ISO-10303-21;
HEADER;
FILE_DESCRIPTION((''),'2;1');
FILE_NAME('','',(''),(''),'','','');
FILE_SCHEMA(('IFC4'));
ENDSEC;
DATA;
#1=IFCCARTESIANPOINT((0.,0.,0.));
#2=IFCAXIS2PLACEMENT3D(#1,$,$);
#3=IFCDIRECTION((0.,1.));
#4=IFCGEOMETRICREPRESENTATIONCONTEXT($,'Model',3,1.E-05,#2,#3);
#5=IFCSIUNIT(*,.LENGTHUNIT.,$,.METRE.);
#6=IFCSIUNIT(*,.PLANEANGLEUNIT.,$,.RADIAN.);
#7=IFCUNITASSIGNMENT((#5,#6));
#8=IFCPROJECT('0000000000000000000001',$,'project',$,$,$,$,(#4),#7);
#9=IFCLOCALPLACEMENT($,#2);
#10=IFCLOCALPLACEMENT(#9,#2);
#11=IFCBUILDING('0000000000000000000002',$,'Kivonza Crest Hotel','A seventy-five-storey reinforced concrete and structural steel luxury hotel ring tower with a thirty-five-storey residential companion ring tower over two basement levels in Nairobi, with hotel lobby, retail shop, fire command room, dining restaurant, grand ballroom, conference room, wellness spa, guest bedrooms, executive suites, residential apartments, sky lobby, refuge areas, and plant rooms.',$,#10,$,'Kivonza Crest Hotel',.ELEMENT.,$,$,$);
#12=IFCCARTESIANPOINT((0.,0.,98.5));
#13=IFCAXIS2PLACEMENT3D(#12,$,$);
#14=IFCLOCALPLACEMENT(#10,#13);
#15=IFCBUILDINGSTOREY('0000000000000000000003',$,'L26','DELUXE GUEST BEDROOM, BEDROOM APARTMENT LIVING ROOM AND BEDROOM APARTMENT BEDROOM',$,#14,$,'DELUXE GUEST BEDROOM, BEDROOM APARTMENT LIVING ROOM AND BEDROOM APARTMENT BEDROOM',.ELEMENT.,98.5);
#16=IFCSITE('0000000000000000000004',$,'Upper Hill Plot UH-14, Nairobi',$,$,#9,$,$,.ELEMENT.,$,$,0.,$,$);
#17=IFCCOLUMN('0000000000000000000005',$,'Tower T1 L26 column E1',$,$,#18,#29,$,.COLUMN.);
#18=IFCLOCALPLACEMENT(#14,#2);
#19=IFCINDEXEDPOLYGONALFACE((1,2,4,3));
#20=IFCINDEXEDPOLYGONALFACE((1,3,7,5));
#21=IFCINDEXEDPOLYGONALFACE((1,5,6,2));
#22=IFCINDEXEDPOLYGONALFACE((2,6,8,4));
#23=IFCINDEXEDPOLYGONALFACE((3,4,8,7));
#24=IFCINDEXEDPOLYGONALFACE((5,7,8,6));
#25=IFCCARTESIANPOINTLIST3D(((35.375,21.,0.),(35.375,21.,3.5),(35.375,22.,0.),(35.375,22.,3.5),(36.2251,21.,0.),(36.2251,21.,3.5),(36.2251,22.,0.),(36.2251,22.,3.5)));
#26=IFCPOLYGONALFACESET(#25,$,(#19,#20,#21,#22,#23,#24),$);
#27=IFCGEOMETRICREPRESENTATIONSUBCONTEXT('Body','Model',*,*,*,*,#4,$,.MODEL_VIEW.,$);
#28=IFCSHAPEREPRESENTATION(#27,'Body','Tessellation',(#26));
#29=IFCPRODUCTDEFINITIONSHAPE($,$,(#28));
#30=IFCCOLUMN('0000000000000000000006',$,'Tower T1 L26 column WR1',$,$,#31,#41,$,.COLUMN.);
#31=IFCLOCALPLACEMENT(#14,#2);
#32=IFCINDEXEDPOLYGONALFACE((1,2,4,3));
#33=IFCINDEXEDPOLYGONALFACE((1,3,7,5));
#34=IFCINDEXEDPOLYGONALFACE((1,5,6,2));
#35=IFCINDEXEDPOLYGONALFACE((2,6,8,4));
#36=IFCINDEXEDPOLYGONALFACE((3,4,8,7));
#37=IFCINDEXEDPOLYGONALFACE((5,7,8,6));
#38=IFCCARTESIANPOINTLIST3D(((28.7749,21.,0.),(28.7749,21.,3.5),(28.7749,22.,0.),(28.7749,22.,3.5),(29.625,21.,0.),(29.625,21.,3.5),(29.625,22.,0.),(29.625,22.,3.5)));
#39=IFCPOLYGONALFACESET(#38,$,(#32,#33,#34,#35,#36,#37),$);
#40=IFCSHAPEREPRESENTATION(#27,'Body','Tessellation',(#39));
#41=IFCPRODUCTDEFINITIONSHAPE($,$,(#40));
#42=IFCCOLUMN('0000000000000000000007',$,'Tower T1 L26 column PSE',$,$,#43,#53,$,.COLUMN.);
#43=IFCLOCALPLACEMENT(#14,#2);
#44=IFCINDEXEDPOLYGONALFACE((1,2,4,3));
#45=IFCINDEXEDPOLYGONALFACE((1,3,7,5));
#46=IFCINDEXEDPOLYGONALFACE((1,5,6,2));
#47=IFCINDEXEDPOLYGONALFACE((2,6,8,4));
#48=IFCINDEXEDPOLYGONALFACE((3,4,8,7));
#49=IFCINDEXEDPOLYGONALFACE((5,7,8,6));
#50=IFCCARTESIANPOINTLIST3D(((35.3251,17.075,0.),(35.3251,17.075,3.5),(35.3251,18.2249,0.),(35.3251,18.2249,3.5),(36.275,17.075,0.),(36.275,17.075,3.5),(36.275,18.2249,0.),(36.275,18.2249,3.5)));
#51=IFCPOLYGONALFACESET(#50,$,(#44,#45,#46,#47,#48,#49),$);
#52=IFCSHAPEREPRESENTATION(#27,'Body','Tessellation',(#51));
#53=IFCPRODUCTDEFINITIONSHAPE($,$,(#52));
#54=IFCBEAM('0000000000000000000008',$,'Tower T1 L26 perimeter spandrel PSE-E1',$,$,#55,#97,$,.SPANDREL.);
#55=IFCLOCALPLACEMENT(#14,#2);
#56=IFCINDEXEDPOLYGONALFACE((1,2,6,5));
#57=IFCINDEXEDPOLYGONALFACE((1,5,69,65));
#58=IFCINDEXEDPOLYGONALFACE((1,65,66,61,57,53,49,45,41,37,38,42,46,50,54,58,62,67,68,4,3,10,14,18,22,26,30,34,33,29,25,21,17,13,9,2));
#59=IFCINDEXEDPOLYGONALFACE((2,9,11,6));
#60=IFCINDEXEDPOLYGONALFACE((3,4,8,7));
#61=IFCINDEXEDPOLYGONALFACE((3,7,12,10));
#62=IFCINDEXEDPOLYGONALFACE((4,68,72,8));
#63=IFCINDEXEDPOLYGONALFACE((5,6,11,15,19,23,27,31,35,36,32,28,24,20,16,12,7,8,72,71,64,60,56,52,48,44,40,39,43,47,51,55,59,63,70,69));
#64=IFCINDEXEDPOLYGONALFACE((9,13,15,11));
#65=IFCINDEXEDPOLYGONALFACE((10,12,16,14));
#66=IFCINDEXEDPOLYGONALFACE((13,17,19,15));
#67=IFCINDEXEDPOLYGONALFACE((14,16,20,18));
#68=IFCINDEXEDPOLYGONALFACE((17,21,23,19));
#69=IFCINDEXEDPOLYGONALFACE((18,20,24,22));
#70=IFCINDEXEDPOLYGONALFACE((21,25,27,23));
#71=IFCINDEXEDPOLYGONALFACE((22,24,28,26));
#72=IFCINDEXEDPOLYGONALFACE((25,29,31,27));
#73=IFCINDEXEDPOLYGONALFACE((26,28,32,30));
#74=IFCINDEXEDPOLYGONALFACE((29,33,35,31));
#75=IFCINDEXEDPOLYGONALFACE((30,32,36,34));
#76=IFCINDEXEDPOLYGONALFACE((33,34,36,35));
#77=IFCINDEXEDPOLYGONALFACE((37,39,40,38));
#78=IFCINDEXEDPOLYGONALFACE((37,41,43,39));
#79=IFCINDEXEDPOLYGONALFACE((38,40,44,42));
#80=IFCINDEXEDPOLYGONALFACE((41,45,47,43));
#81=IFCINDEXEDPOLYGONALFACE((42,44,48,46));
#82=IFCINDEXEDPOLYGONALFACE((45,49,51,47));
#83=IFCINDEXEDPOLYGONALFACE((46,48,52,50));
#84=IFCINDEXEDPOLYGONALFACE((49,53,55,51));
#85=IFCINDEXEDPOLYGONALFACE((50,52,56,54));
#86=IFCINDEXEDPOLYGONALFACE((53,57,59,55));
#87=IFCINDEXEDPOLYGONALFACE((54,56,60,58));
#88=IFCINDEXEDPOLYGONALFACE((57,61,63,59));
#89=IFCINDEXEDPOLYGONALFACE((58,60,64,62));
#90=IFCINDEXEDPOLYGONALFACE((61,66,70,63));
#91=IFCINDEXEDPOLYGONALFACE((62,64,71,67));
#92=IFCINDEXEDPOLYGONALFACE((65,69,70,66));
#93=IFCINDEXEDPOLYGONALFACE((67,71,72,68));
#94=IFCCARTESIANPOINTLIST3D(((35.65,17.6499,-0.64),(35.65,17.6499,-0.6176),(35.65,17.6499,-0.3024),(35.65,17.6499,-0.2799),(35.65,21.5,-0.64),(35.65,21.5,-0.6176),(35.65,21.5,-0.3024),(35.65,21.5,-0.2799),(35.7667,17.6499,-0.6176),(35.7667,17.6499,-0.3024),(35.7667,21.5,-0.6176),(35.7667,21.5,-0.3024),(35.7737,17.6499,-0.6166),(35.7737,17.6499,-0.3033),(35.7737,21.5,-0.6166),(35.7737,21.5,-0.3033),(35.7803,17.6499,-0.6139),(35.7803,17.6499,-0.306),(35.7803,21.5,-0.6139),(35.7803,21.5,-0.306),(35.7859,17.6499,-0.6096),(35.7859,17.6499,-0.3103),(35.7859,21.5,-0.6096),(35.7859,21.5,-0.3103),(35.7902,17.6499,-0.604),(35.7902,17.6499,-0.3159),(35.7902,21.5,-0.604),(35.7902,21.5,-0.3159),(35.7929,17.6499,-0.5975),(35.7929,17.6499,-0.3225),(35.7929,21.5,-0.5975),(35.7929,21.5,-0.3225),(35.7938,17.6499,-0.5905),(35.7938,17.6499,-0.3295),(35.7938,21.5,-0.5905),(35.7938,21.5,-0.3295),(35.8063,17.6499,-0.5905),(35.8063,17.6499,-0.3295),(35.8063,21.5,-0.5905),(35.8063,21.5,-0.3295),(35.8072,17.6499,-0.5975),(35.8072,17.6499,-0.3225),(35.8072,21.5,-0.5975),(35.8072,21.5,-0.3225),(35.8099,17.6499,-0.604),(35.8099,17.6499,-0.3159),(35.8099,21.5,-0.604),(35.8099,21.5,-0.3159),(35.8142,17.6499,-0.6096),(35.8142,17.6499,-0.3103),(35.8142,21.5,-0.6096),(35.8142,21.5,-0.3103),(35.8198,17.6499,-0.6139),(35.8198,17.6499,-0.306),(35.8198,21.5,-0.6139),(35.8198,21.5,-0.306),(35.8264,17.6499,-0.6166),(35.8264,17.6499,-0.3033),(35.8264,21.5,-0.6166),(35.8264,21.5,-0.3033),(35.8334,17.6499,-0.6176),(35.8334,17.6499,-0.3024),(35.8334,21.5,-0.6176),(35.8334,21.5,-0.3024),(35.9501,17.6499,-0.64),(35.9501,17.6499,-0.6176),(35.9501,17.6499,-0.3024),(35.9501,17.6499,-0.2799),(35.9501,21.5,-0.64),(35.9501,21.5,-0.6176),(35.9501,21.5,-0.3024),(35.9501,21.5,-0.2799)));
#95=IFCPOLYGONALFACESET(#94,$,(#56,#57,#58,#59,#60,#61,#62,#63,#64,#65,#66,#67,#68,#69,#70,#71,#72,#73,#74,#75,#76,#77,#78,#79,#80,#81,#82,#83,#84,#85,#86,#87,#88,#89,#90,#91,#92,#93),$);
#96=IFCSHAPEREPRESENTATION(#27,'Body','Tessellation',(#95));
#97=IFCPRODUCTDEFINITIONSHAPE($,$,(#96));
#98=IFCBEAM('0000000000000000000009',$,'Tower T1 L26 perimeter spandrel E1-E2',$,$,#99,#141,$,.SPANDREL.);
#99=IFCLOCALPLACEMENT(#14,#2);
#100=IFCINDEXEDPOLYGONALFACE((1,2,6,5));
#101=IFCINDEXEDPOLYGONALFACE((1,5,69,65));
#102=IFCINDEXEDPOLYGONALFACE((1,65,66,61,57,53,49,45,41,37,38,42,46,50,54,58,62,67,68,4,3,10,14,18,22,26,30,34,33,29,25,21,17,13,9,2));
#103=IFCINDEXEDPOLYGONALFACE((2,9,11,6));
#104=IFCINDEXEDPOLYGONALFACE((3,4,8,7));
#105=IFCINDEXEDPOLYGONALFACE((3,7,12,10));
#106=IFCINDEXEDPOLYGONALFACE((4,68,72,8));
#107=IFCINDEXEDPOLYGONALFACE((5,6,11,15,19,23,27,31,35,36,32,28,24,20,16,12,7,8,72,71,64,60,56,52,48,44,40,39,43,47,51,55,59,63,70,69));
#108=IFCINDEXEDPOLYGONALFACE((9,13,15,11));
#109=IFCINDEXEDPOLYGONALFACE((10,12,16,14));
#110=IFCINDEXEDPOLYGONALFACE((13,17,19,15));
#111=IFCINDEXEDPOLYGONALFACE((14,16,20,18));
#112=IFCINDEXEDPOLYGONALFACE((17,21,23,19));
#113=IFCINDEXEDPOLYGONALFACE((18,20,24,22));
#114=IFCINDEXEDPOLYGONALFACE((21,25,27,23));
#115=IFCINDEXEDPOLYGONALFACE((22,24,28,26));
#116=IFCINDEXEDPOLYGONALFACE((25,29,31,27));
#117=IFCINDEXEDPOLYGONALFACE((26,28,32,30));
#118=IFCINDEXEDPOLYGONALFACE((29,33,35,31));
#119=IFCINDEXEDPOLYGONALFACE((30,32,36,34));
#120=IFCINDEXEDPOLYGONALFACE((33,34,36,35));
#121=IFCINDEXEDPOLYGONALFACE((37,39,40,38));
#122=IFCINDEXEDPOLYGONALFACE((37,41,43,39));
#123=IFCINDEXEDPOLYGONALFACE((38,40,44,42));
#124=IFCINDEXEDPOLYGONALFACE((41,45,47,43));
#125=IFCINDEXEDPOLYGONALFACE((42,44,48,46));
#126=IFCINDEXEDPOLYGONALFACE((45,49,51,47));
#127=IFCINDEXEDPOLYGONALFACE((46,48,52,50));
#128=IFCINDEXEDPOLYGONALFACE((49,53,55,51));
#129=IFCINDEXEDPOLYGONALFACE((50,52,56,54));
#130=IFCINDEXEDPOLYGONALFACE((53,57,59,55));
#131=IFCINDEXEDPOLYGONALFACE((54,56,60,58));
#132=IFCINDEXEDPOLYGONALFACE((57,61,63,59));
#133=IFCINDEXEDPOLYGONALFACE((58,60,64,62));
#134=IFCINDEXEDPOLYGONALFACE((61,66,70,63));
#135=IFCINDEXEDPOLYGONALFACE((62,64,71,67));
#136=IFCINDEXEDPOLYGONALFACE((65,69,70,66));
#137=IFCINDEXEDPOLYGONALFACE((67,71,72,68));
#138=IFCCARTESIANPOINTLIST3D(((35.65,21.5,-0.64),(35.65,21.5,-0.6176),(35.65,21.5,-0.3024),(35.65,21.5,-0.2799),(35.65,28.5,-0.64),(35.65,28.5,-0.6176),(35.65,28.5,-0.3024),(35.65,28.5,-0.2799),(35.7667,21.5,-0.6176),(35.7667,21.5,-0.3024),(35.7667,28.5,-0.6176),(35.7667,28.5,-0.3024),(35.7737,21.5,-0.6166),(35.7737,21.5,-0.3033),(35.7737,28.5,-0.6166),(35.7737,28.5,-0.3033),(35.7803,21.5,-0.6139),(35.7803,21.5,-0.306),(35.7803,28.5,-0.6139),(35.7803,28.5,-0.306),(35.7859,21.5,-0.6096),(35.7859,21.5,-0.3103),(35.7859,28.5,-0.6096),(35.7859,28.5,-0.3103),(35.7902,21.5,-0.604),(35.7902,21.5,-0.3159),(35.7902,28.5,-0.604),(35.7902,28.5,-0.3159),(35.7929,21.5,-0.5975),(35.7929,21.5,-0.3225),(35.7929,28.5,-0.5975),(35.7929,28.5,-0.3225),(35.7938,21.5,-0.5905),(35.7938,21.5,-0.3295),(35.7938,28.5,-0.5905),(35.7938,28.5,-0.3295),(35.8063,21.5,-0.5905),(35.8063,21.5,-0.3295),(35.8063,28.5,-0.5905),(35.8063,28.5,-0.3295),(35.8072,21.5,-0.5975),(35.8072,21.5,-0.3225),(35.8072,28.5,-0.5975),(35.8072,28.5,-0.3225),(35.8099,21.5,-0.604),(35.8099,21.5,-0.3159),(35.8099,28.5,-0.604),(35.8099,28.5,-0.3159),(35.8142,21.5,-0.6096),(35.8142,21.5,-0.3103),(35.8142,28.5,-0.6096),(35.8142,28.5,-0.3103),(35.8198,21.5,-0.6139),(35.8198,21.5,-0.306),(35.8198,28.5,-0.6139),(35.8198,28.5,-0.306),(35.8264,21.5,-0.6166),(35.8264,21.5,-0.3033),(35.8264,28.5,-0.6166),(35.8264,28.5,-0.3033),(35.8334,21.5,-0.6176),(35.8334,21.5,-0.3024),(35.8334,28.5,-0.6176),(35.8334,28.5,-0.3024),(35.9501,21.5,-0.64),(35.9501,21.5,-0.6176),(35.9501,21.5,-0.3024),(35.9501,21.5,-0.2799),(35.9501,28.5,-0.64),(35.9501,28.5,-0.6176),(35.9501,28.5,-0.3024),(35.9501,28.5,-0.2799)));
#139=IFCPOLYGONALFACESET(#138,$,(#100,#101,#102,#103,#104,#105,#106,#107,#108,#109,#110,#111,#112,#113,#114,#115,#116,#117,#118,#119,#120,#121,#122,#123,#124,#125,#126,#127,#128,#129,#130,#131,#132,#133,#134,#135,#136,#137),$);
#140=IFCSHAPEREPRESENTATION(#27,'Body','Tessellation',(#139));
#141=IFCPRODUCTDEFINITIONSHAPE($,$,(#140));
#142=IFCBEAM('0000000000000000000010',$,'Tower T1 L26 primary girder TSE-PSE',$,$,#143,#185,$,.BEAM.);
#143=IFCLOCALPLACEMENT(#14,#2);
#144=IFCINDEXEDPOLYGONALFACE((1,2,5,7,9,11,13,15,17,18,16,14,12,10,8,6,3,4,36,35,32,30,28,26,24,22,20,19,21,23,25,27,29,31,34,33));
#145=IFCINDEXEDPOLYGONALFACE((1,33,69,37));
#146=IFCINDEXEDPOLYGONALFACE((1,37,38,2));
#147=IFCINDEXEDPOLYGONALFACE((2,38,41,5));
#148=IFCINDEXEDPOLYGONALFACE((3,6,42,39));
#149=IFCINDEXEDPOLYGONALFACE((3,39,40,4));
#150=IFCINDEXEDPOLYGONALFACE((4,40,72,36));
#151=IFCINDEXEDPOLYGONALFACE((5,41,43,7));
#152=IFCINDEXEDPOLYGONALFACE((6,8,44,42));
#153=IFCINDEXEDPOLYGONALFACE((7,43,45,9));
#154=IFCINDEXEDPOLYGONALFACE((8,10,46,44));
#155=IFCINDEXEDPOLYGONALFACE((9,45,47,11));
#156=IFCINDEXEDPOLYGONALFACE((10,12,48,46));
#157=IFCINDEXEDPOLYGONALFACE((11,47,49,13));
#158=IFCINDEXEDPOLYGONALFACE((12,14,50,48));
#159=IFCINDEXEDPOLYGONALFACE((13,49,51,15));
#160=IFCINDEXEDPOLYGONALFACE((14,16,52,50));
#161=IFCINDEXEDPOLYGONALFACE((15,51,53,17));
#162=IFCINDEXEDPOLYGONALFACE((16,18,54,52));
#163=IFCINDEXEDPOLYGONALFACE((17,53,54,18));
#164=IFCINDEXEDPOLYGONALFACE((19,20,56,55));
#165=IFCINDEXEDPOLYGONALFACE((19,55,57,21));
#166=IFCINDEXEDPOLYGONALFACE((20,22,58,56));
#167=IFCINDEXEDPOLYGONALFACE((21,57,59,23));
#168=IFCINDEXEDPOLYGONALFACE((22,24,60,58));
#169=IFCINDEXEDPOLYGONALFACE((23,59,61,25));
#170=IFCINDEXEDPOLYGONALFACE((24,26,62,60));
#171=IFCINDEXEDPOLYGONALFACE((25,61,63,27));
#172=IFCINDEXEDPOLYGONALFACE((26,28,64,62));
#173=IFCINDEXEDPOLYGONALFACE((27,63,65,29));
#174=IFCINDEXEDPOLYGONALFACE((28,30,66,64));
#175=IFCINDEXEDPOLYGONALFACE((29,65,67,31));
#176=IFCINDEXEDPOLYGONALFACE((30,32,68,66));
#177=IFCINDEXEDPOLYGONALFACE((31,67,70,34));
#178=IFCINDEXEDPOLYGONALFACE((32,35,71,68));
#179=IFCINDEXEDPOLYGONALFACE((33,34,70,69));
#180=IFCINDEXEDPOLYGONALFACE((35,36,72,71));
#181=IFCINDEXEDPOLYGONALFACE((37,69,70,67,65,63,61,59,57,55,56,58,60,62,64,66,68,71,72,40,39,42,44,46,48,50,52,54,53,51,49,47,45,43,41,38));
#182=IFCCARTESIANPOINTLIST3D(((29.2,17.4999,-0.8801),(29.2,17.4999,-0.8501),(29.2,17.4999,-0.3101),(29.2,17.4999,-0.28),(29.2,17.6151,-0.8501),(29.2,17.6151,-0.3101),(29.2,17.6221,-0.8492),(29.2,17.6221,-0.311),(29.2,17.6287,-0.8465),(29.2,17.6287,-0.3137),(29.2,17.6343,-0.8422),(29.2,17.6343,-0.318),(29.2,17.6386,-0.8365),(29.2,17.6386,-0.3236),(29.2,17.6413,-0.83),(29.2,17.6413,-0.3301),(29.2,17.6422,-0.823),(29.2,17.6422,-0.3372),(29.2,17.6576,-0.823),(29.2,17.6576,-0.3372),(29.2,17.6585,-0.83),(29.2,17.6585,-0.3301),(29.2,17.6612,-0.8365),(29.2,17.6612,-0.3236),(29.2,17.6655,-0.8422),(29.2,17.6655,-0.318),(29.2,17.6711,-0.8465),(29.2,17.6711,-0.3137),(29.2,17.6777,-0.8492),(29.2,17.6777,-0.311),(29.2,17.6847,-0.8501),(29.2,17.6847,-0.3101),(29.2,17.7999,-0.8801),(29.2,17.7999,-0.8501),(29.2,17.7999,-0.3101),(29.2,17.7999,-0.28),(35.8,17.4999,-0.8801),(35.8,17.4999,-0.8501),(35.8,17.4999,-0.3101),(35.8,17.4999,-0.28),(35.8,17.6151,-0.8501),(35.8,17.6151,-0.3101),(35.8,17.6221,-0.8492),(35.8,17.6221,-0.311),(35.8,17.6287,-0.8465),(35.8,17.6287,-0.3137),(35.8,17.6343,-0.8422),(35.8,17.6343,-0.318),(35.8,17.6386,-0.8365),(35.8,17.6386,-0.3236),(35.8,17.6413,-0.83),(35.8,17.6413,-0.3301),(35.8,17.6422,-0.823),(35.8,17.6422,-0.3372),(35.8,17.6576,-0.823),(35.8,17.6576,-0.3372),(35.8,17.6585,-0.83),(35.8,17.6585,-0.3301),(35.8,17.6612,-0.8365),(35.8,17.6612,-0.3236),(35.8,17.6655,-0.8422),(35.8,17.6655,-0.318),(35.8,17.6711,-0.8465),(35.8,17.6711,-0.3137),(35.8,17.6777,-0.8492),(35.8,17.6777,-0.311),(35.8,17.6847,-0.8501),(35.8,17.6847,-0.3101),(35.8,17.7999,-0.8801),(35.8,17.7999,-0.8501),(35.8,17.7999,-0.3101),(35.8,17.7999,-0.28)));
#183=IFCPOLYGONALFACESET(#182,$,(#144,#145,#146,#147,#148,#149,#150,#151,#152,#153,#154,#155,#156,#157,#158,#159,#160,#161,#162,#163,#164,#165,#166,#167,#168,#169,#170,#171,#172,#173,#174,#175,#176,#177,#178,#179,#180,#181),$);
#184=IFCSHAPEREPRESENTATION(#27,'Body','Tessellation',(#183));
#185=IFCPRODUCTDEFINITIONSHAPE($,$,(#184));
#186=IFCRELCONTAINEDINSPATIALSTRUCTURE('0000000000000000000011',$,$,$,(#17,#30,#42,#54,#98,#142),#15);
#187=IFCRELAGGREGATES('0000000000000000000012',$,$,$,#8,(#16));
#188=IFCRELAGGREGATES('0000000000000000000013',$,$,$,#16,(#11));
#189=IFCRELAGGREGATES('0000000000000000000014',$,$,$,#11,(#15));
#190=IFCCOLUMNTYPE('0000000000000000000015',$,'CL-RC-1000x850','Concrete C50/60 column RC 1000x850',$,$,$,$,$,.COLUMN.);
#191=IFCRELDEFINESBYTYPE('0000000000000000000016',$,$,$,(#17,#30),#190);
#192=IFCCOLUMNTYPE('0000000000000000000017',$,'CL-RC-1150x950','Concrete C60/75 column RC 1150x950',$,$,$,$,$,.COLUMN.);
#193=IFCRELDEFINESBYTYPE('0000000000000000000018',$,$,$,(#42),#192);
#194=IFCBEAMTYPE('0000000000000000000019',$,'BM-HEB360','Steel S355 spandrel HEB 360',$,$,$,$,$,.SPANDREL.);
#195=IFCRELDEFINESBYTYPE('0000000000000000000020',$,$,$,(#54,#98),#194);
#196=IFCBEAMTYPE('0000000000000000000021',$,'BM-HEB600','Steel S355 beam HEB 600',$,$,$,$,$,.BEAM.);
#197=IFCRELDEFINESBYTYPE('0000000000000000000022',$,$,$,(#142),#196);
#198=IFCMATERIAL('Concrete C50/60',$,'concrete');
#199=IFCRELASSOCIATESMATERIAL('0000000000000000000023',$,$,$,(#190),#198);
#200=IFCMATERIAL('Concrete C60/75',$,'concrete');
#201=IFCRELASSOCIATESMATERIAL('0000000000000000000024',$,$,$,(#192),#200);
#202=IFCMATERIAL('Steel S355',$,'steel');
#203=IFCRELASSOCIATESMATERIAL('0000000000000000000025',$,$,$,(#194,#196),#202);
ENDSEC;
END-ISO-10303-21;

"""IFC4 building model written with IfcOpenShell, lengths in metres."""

from ifc_helpers import new_model, si_unit, direction, frame, origin, origin_2d, place, context, subcontext, project, spatial, rectangle, i_section, extrude, material, material_profile, profile_set, type_object, element, save


model = new_model("IFC4")

# Units and contexts
model_context = context("Model", 3, precision=1e-05, world=origin(), true_north=direction((0.0, 1.0)))
body_context = subcontext(model_context, "Body", "Model", "MODEL_VIEW")
ifc_project = project(units=[si_unit("LENGTHUNIT", "METRE"), si_unit("PLANEANGLEUNIT", "RADIAN")], contexts=[model_context])

# Site, building, storey
site_placement = place(None, origin())
site = spatial("IfcSite", under=ifc_project, at=site_placement, Name="Upper Hill Plot UH-14, Nairobi", CompositionType="ELEMENT", RefElevation=0.0)
building_placement = place(site_placement, origin())
building = spatial("IfcBuilding", under=site, at=building_placement, Name="Kivonza Crest Hotel", Description="A seventy-five-storey reinforced concrete and structural steel luxury hotel ring tower with a thirty-five-storey residential companion ring tower over two basement levels in Nairobi, with hotel lobby, retail shop, fire command room, dining restaurant, grand ballroom, conference room, wellness spa, guest bedrooms, executive suites, residential apartments, sky lobby, refuge areas, and plant rooms.", LongName="Kivonza Crest Hotel", CompositionType="ELEMENT")
storey_placement = place(building_placement, frame((0.0, 0.0, 98.5)))
storey = spatial("IfcBuildingStorey", under=building, at=storey_placement, Name="L26", Description="DELUXE GUEST BEDROOM, BEDROOM APARTMENT LIVING ROOM AND BEDROOM APARTMENT BEDROOM", LongName="DELUXE GUEST BEDROOM, BEDROOM APARTMENT LIVING ROOM AND BEDROOM APARTMENT BEDROOM", CompositionType="ELEMENT", Elevation=98.5)

# Columns
ifc_material_1 = material(Name="Concrete C50/60", Category="concrete")
ifc_material_profile_1 = material_profile(ifc_material_1, rectangle(XDim=0.8501, YDim=1.0, at=origin_2d()), Name="RC 1000x850")
ifc_profile_set_1 = profile_set([ifc_material_profile_1], Name="Concrete C50/60")
column_type_1 = type_object("IfcColumnType", Name="CL-RC-1000x850", Description="Concrete C50/60 column RC 1000x850", PredefinedType="COLUMN", material=ifc_profile_set_1)
for number, where, z_axis, x_axis, name in (
    (1, (35.8, 21.5, 0.0), (0.0, 0.0, 1.0), (1.0, 0.0, 0.0), "Tower T1 L26 column E1"),
    (2, (29.2, 21.5, 0.0), (0.0, 0.0, 1.0), (1.0, 0.0, 0.0), "Tower T1 L26 column WR1"),
):
    element("IfcColumn", number, at=place(storey_placement, frame(where, z_axis=z_axis, x_axis=x_axis)), inside=storey, type_object=column_type_1, Name=name, PredefinedType="COLUMN", context=body_context, shape_type="SweptSolid", body=[
        extrude(rectangle(XDim=0.8501, YDim=1.0, at=origin_2d()), origin(), (0.0, 0.0, 1.0), 3.5),
    ])
ifc_material_2 = material(Name="Concrete C60/75", Category="concrete")
ifc_material_profile_2 = material_profile(ifc_material_2, rectangle(XDim=0.95, YDim=1.1499, at=origin_2d()), Name="RC 1150x950")
ifc_profile_set_2 = profile_set([ifc_material_profile_2], Name="Concrete C60/75")
column_type_2 = type_object("IfcColumnType", Name="CL-RC-1150x950", Description="Concrete C60/75 column RC 1150x950", PredefinedType="COLUMN", material=ifc_profile_set_2)
column_placement = place(storey_placement, frame((35.8, 17.6499, 0.0), z_axis=(0.0, 0.0, 1.0), x_axis=(1.0, 0.0, 0.0)))
element("IfcColumn", 3, at=column_placement, inside=storey, type_object=column_type_2, Name="Tower T1 L26 column PSE", PredefinedType="COLUMN", context=body_context, shape_type="SweptSolid", body=[
    extrude(rectangle(XDim=0.95, YDim=1.1499, at=origin_2d()), origin(), (0.0, 0.0, 1.0), 3.5),
])

# Beams
ifc_material_3 = material(Name="Steel S355", Category="steel")
ifc_material_profile_3 = material_profile(ifc_material_3, i_section(OverallWidth=0.3, OverallDepth=0.3601, WebThickness=0.0125, FlangeThickness=0.0225, FilletRadius=0.0271, at=origin_2d()), Name="HEB 360")
ifc_profile_set_3 = profile_set([ifc_material_profile_3], Name="Steel S355")
beam_type_1 = type_object("IfcBeamType", Name="BM-HEB360", Description="Steel S355 spandrel HEB 360", PredefinedType="SPANDREL", material=ifc_profile_set_3)
beam_1_placement = place(storey_placement, frame((35.8, 17.6499, -0.46), z_axis=(0.0, 1.0, 0.0), x_axis=(-1.0, 0.0, 0.0)))
element("IfcBeam", 4, at=beam_1_placement, inside=storey, type_object=beam_type_1, Name="Tower T1 L26 perimeter spandrel PSE-E1", PredefinedType="SPANDREL", context=body_context, shape_type="SweptSolid", body=[
    extrude(i_section(OverallWidth=0.3, OverallDepth=0.3601, WebThickness=0.0125, FlangeThickness=0.0225, FilletRadius=0.0271, at=origin_2d()), origin(), (0.0, 0.0, 1.0), 3.8501),
])
beam_2_placement = place(storey_placement, frame((35.8, 21.5, -0.46), z_axis=(0.0, 1.0, 0.0), x_axis=(-1.0, 0.0, 0.0)))
element("IfcBeam", 5, at=beam_2_placement, inside=storey, type_object=beam_type_1, Name="Tower T1 L26 perimeter spandrel E1-E2", PredefinedType="SPANDREL", context=body_context, shape_type="SweptSolid", body=[
    extrude(i_section(OverallWidth=0.3, OverallDepth=0.3601, WebThickness=0.0125, FlangeThickness=0.0225, FilletRadius=0.0271, at=origin_2d()), origin(), (0.0, 0.0, 1.0), 7.0),
])
ifc_material_profile_4 = material_profile(ifc_material_3, i_section(OverallWidth=0.3, OverallDepth=0.6001, WebThickness=0.0154, FlangeThickness=0.03, FilletRadius=0.0271, at=origin_2d()), Name="HEB 600")
ifc_profile_set_4 = profile_set([ifc_material_profile_4], Name="Steel S355")
beam_type_2 = type_object("IfcBeamType", Name="BM-HEB600", Description="Steel S355 beam HEB 600", PredefinedType="BEAM", material=ifc_profile_set_4)
beam_3_placement = place(storey_placement, frame((29.2, 17.6499, -0.5801), z_axis=(1.0, 0.0, 0.0), x_axis=(0.0, 1.0, 0.0)))
element("IfcBeam", 6, at=beam_3_placement, inside=storey, type_object=beam_type_2, Name="Tower T1 L26 primary girder TSE-PSE", PredefinedType="BEAM", context=body_context, shape_type="SweptSolid", body=[
    extrude(i_section(OverallWidth=0.3, OverallDepth=0.6001, WebThickness=0.0154, FlangeThickness=0.03, FilletRadius=0.0271, at=origin_2d()), origin(), (0.0, 0.0, 1.0), 6.6001),
])

save(model, "model.ifc")
